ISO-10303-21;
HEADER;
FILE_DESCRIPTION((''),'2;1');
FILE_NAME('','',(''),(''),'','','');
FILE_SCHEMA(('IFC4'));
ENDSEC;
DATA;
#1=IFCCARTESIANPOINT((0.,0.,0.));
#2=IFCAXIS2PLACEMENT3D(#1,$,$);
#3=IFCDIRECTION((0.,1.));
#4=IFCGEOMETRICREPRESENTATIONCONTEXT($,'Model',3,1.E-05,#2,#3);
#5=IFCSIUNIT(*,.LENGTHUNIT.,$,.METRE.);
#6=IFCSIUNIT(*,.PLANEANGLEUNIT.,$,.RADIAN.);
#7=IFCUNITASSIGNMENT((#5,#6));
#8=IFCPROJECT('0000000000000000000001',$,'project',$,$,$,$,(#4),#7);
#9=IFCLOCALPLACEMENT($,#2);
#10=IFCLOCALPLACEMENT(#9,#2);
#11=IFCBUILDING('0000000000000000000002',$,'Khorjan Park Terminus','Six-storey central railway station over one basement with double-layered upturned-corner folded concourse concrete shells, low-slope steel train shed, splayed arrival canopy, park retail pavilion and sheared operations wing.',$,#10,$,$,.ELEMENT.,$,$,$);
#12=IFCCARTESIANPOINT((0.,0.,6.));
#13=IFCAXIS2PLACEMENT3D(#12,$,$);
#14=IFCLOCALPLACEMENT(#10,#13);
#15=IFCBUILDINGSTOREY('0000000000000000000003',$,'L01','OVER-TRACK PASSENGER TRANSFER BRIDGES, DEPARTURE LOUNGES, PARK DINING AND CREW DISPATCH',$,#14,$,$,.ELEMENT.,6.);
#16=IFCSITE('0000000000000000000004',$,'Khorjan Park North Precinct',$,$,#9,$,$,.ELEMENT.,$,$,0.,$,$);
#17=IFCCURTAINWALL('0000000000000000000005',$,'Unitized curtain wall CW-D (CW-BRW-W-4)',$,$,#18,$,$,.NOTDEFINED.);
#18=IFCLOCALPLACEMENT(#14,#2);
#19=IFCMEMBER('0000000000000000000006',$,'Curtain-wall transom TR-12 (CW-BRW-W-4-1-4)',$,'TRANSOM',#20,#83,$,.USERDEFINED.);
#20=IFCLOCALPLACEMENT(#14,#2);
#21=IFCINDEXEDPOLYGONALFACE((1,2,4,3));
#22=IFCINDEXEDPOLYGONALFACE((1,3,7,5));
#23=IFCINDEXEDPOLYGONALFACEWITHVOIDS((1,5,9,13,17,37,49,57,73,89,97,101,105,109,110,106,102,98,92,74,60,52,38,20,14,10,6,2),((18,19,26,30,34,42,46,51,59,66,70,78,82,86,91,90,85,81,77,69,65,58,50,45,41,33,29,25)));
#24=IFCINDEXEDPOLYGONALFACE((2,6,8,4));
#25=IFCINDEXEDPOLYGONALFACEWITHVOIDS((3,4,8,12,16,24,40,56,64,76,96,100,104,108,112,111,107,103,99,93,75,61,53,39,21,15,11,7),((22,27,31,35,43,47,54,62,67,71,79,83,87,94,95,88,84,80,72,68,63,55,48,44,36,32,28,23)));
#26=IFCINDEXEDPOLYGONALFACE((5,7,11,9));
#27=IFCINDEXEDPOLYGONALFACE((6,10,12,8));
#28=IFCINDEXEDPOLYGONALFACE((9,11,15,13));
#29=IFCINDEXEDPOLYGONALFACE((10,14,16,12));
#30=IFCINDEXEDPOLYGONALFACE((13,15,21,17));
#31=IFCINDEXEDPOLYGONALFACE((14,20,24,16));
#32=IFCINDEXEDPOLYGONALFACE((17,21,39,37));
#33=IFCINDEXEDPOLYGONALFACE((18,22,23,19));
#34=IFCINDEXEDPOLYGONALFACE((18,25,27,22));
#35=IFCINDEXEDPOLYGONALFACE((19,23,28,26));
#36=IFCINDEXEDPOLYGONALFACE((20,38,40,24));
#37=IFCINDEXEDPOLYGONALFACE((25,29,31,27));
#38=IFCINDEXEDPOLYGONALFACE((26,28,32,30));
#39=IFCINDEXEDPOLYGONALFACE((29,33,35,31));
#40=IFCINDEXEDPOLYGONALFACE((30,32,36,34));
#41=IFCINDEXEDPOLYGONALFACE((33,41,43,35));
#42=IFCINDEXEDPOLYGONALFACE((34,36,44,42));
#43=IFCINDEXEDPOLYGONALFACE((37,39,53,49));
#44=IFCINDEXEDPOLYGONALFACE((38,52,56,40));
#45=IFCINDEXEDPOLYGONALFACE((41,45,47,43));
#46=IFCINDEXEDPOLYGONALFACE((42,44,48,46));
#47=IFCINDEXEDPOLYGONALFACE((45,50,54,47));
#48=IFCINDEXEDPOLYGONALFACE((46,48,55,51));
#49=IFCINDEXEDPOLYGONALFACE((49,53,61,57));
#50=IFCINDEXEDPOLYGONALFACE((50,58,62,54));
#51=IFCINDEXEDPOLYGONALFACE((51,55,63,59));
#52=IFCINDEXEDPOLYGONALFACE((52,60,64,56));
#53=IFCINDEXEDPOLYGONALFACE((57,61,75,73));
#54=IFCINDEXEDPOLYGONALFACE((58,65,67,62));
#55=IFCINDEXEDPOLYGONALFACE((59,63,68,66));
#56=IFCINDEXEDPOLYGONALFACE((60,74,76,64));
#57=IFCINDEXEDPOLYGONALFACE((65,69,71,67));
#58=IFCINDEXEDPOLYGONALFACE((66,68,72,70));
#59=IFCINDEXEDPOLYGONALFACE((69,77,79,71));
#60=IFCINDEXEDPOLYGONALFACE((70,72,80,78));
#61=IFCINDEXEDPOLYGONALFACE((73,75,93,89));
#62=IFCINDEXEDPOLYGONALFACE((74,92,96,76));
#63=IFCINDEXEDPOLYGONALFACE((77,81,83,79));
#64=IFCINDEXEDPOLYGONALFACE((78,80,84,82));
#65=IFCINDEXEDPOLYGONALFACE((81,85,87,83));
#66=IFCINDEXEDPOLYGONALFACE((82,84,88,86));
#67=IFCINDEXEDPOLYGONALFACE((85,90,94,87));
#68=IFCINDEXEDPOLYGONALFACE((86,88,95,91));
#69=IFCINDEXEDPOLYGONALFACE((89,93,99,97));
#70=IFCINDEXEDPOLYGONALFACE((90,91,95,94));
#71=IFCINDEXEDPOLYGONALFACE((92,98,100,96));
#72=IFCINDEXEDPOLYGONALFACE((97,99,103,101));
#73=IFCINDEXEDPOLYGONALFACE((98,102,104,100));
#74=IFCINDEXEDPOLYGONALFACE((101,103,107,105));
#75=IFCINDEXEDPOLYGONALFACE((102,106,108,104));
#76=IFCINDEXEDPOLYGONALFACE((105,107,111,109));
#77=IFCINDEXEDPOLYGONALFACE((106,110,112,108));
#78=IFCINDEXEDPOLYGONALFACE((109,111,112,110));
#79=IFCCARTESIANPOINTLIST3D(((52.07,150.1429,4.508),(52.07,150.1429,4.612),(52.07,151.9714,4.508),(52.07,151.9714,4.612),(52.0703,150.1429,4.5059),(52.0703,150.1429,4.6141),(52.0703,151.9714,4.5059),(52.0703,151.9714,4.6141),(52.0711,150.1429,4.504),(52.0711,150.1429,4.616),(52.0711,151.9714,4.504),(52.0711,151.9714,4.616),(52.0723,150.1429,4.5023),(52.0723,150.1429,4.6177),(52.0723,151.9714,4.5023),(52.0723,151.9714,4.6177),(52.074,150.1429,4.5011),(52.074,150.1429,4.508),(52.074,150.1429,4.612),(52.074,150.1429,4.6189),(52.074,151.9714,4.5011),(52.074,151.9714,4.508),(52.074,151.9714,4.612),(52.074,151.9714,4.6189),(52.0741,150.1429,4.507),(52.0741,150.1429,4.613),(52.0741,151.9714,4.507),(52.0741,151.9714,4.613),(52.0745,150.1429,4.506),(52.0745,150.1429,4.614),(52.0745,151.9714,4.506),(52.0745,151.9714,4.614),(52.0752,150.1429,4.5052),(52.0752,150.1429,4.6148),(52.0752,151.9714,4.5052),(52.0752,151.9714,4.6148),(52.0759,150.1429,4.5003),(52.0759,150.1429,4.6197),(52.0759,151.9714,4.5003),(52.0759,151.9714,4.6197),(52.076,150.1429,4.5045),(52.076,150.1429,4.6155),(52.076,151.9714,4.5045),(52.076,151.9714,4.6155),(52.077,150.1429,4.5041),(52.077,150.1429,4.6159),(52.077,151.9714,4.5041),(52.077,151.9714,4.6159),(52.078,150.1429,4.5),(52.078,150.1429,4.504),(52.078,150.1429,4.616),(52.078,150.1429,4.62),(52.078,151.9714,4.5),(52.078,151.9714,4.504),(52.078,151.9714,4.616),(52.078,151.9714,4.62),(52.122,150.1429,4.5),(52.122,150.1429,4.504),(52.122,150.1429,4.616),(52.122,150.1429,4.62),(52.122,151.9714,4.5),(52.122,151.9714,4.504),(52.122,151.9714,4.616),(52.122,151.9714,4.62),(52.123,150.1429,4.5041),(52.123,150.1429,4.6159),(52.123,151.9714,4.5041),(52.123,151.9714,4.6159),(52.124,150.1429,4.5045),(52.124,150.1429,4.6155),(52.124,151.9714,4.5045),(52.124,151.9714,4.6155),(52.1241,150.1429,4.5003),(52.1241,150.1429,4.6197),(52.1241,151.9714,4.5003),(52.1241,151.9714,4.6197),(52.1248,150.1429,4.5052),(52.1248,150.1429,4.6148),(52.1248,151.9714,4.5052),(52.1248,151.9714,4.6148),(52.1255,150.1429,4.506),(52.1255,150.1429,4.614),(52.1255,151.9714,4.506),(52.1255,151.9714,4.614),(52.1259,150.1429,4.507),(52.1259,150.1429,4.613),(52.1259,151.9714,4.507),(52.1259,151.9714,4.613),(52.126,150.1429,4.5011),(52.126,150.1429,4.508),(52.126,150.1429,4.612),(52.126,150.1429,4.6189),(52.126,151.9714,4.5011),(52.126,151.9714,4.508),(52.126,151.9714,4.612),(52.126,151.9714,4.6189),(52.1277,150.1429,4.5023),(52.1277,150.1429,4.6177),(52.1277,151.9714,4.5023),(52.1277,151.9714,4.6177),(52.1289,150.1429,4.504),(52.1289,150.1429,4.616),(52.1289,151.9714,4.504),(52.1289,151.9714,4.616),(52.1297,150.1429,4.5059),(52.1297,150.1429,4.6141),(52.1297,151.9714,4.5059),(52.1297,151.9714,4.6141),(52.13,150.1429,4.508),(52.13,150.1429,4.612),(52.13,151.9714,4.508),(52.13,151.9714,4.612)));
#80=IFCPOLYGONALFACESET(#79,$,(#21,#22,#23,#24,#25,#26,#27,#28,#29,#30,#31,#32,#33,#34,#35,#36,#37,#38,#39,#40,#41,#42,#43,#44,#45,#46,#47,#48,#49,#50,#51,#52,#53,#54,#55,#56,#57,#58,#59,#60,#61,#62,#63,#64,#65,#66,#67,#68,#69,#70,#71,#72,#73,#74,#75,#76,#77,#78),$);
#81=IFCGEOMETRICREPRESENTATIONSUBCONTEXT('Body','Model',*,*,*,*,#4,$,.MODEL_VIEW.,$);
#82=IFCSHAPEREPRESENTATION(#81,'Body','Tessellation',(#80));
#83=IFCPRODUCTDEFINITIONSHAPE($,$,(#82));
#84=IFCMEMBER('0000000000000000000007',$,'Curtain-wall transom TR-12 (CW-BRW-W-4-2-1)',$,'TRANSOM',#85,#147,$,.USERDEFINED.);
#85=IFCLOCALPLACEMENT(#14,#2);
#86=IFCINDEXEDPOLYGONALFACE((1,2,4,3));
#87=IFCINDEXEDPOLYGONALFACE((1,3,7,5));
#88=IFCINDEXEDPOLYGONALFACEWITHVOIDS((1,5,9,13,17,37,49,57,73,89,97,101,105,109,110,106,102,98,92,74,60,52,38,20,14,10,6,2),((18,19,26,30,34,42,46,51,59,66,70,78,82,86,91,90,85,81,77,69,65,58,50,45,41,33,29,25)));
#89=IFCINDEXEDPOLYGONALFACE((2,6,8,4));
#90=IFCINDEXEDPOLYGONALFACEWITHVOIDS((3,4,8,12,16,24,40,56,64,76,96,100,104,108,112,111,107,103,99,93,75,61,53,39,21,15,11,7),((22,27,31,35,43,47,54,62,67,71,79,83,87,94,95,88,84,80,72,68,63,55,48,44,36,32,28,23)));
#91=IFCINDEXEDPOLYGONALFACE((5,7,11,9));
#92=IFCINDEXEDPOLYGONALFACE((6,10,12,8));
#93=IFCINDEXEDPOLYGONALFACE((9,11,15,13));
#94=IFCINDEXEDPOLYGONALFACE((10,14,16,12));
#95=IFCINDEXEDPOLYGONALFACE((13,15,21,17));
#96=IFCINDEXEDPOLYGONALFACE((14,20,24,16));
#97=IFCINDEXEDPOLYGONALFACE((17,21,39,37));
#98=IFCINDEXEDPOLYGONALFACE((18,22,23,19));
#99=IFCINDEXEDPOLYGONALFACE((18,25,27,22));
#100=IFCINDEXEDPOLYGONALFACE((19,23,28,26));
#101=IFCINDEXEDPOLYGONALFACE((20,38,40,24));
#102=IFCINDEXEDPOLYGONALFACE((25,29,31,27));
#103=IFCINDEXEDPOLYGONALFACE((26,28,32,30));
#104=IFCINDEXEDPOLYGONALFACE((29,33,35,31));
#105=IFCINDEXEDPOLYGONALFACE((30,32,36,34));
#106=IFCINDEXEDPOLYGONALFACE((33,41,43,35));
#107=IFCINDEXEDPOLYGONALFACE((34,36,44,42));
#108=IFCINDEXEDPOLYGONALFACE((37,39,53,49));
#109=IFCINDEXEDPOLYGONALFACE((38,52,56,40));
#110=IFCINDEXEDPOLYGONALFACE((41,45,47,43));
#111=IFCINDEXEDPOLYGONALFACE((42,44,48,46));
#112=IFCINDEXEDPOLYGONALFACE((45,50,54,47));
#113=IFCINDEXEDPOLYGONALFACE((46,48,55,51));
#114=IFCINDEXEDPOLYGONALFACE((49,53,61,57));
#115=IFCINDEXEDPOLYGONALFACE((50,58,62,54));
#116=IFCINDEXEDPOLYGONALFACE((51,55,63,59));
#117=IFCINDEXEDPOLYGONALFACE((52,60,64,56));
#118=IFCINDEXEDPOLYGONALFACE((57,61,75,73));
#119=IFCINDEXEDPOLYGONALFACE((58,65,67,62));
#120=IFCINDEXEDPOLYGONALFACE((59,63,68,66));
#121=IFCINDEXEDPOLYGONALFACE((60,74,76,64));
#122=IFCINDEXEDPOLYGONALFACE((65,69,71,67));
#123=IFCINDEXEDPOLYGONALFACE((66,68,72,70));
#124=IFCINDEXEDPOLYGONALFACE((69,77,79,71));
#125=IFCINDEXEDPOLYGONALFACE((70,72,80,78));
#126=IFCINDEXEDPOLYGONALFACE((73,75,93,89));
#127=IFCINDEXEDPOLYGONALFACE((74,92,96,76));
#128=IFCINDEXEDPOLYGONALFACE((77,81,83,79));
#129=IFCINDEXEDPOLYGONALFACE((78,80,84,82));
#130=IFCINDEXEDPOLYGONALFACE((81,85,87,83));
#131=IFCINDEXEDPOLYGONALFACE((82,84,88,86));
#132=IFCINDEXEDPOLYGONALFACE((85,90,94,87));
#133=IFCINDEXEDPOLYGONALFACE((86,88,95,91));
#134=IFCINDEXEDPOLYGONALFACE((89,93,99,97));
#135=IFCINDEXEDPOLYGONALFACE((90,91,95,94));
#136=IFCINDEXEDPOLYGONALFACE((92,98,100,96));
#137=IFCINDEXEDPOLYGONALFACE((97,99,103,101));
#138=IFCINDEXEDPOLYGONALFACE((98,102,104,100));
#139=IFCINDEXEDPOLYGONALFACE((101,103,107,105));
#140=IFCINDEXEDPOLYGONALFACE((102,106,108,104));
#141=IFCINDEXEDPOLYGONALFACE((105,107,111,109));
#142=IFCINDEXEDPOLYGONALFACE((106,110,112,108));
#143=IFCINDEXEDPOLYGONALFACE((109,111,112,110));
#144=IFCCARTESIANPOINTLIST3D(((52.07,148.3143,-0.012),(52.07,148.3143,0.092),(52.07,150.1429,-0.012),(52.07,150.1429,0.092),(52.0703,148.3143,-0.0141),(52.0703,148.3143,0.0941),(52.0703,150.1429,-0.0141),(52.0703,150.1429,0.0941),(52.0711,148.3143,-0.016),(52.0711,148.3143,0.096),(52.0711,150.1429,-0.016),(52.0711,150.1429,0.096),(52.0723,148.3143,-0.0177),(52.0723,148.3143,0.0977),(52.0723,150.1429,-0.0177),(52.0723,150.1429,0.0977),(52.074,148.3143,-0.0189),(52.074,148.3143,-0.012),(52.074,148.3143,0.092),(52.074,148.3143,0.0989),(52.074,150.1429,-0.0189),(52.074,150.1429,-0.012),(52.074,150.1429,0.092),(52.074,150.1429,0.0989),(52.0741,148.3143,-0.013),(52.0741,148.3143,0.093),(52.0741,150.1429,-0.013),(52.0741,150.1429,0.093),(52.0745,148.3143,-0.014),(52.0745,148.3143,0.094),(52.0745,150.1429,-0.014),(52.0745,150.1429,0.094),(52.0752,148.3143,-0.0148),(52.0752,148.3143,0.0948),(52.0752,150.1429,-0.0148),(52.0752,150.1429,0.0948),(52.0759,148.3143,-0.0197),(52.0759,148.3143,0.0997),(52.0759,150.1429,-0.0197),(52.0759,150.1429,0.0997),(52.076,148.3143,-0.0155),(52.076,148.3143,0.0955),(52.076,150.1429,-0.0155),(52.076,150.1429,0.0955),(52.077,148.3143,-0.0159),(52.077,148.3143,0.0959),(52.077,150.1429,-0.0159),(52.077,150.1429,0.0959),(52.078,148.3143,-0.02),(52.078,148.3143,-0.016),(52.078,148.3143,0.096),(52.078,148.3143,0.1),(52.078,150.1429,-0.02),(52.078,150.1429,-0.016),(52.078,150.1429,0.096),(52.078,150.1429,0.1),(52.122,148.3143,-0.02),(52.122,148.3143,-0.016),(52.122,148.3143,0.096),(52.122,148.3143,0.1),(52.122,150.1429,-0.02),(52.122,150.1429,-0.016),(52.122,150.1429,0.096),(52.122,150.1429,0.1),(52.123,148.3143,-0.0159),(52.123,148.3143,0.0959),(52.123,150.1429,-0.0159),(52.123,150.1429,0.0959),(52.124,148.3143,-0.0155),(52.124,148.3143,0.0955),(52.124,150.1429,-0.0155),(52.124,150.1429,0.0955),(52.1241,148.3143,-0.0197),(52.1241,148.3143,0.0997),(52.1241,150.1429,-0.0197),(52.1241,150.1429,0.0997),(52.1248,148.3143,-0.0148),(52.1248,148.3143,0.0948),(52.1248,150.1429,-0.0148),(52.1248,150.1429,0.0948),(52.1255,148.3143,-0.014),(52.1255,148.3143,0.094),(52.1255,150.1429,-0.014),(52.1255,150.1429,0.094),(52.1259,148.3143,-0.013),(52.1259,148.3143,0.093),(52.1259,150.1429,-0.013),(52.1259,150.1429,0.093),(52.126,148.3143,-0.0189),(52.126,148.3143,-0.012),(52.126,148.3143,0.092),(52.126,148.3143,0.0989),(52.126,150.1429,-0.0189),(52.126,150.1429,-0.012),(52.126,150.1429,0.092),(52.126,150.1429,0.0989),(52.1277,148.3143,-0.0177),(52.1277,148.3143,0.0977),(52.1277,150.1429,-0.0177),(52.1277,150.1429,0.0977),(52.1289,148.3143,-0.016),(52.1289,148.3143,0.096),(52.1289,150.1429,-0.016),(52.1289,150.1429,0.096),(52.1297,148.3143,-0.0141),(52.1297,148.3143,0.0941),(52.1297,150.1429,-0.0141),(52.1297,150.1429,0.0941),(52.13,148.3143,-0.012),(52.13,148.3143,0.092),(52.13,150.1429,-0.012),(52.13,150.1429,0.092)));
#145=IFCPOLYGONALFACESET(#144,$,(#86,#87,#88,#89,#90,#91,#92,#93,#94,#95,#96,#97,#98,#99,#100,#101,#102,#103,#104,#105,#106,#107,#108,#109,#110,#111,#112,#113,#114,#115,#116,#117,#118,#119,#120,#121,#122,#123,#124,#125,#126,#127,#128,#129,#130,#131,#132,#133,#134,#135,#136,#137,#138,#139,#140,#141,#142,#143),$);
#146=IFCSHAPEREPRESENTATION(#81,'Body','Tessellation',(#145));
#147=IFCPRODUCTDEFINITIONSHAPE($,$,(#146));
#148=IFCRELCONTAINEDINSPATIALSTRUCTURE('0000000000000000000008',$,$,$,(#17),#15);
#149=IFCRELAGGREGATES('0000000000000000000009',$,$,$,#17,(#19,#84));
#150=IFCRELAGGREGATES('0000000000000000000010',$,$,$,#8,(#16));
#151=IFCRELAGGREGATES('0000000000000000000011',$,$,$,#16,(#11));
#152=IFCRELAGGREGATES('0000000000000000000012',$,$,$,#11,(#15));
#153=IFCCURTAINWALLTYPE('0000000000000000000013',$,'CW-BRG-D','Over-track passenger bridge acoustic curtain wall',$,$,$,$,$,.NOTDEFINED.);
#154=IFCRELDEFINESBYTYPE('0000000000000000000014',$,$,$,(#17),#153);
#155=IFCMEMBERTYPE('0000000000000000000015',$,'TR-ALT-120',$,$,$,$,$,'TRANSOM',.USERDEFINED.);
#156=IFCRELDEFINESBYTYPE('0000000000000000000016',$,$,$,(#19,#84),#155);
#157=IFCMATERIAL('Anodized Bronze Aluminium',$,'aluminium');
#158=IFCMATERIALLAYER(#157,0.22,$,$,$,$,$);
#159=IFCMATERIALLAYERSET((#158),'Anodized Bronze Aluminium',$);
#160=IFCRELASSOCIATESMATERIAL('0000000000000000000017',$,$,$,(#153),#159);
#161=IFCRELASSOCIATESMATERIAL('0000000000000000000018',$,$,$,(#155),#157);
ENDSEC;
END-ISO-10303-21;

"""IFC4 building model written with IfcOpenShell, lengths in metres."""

from ifc_helpers import new_model, si_unit, direction, frame, origin, origin_2d, place, context, subcontext, project, spatial, hollow_rectangle, extrude, material, layer, layer_set, material_profile, profile_set, type_object, element, aggregate, save


model = new_model("IFC4")

# Units and contexts
model_context = context("Model", 3, precision=1e-05, world=origin(), true_north=direction((0.0, 1.0)))
body_context = subcontext(model_context, "Body", "Model", "MODEL_VIEW")
ifc_project = project(units=[si_unit("LENGTHUNIT", "METRE"), si_unit("PLANEANGLEUNIT", "RADIAN")], contexts=[model_context])

# Site, building, storey
site_placement = place(None, origin())
site = spatial("IfcSite", under=ifc_project, at=site_placement, Name="Khorjan Park North Precinct", CompositionType="ELEMENT", RefElevation=0.0)
building_placement = place(site_placement, origin())
building = spatial("IfcBuilding", under=site, at=building_placement, Name="Khorjan Park Terminus", Description="Six-storey central railway station over one basement with double-layered upturned-corner folded concourse concrete shells, low-slope steel train shed, splayed arrival canopy, park retail pavilion and sheared operations wing.", CompositionType="ELEMENT")
storey_placement = place(building_placement, frame((0.0, 0.0, 6.0)))
storey = spatial("IfcBuildingStorey", under=building, at=storey_placement, Name="L01", Description="OVER-TRACK PASSENGER TRANSFER BRIDGES, DEPARTURE LOUNGES, PARK DINING AND CREW DISPATCH", CompositionType="ELEMENT", Elevation=6.0)

# Curtain wall, members
ifc_material_1 = material(Name="Anodized Bronze Aluminium", Category="aluminium")
ifc_layer_1 = layer(ifc_material_1, 0.22)
ifc_layer_set_1 = layer_set([ifc_layer_1], Name="Anodized Bronze Aluminium")
curtain_wall_type = type_object("IfcCurtainWallType", Name="CW-BRG-D", Description="Over-track passenger bridge acoustic curtain wall", PredefinedType="NOTDEFINED", material=ifc_layer_set_1)
curtain_wall_placement = place(storey_placement, origin())
curtain_wall = element("IfcCurtainWall", 1, at=curtain_wall_placement, inside=storey, type_object=curtain_wall_type, Name="Unitized curtain wall CW-D (CW-BRW-W-4)", PredefinedType="NOTDEFINED")
ifc_material_profile_1 = material_profile(ifc_material_1, hollow_rectangle(XDim=0.06, YDim=0.12, WallThickness=0.004, InnerFilletRadius=0.004, OuterFilletRadius=0.008, at=origin_2d()), Name="ALT 60x120x4")
ifc_profile_set_1 = profile_set([ifc_material_profile_1], Name="Anodized Bronze Aluminium")
member_type_1 = type_object("IfcMemberType", Name="TR-ALT-120", ElementType="TRANSOM", PredefinedType="USERDEFINED", material=ifc_profile_set_1)
member_1_placement = place(storey_placement, frame((52.1, 151.9714, 4.56), z_axis=(0.0, -1.0, 0.0), x_axis=(1.0, 0.0, 0.0)))
member_1 = element("IfcMember", 2, at=member_1_placement, type_object=member_type_1, Name="Curtain-wall transom TR-12 (CW-BRW-W-4-1-4)", ObjectType="TRANSOM", PredefinedType="USERDEFINED", context=body_context, shape_type="SweptSolid", body=[
    extrude(hollow_rectangle(XDim=0.06, YDim=0.12, WallThickness=0.004, InnerFilletRadius=0.004, OuterFilletRadius=0.008, at=origin_2d()), origin(), (0.0, 0.0, 1.0), 1.8285),
])
member_2_placement = place(storey_placement, frame((52.1, 150.1429, 0.04), z_axis=(0.0, -1.0, 0.0), x_axis=(1.0, 0.0, 0.0)))
member_2 = element("IfcMember", 3, at=member_2_placement, type_object=member_type_1, Name="Curtain-wall transom TR-12 (CW-BRW-W-4-2-1)", ObjectType="TRANSOM", PredefinedType="USERDEFINED", context=body_context, shape_type="SweptSolid", body=[
    extrude(hollow_rectangle(XDim=0.06, YDim=0.12, WallThickness=0.004, InnerFilletRadius=0.004, OuterFilletRadius=0.008, at=origin_2d()), origin(), (0.0, 0.0, 1.0), 1.8286),
])
aggregate(curtain_wall, [member_1, member_2])

save(model, "model.ifc")
